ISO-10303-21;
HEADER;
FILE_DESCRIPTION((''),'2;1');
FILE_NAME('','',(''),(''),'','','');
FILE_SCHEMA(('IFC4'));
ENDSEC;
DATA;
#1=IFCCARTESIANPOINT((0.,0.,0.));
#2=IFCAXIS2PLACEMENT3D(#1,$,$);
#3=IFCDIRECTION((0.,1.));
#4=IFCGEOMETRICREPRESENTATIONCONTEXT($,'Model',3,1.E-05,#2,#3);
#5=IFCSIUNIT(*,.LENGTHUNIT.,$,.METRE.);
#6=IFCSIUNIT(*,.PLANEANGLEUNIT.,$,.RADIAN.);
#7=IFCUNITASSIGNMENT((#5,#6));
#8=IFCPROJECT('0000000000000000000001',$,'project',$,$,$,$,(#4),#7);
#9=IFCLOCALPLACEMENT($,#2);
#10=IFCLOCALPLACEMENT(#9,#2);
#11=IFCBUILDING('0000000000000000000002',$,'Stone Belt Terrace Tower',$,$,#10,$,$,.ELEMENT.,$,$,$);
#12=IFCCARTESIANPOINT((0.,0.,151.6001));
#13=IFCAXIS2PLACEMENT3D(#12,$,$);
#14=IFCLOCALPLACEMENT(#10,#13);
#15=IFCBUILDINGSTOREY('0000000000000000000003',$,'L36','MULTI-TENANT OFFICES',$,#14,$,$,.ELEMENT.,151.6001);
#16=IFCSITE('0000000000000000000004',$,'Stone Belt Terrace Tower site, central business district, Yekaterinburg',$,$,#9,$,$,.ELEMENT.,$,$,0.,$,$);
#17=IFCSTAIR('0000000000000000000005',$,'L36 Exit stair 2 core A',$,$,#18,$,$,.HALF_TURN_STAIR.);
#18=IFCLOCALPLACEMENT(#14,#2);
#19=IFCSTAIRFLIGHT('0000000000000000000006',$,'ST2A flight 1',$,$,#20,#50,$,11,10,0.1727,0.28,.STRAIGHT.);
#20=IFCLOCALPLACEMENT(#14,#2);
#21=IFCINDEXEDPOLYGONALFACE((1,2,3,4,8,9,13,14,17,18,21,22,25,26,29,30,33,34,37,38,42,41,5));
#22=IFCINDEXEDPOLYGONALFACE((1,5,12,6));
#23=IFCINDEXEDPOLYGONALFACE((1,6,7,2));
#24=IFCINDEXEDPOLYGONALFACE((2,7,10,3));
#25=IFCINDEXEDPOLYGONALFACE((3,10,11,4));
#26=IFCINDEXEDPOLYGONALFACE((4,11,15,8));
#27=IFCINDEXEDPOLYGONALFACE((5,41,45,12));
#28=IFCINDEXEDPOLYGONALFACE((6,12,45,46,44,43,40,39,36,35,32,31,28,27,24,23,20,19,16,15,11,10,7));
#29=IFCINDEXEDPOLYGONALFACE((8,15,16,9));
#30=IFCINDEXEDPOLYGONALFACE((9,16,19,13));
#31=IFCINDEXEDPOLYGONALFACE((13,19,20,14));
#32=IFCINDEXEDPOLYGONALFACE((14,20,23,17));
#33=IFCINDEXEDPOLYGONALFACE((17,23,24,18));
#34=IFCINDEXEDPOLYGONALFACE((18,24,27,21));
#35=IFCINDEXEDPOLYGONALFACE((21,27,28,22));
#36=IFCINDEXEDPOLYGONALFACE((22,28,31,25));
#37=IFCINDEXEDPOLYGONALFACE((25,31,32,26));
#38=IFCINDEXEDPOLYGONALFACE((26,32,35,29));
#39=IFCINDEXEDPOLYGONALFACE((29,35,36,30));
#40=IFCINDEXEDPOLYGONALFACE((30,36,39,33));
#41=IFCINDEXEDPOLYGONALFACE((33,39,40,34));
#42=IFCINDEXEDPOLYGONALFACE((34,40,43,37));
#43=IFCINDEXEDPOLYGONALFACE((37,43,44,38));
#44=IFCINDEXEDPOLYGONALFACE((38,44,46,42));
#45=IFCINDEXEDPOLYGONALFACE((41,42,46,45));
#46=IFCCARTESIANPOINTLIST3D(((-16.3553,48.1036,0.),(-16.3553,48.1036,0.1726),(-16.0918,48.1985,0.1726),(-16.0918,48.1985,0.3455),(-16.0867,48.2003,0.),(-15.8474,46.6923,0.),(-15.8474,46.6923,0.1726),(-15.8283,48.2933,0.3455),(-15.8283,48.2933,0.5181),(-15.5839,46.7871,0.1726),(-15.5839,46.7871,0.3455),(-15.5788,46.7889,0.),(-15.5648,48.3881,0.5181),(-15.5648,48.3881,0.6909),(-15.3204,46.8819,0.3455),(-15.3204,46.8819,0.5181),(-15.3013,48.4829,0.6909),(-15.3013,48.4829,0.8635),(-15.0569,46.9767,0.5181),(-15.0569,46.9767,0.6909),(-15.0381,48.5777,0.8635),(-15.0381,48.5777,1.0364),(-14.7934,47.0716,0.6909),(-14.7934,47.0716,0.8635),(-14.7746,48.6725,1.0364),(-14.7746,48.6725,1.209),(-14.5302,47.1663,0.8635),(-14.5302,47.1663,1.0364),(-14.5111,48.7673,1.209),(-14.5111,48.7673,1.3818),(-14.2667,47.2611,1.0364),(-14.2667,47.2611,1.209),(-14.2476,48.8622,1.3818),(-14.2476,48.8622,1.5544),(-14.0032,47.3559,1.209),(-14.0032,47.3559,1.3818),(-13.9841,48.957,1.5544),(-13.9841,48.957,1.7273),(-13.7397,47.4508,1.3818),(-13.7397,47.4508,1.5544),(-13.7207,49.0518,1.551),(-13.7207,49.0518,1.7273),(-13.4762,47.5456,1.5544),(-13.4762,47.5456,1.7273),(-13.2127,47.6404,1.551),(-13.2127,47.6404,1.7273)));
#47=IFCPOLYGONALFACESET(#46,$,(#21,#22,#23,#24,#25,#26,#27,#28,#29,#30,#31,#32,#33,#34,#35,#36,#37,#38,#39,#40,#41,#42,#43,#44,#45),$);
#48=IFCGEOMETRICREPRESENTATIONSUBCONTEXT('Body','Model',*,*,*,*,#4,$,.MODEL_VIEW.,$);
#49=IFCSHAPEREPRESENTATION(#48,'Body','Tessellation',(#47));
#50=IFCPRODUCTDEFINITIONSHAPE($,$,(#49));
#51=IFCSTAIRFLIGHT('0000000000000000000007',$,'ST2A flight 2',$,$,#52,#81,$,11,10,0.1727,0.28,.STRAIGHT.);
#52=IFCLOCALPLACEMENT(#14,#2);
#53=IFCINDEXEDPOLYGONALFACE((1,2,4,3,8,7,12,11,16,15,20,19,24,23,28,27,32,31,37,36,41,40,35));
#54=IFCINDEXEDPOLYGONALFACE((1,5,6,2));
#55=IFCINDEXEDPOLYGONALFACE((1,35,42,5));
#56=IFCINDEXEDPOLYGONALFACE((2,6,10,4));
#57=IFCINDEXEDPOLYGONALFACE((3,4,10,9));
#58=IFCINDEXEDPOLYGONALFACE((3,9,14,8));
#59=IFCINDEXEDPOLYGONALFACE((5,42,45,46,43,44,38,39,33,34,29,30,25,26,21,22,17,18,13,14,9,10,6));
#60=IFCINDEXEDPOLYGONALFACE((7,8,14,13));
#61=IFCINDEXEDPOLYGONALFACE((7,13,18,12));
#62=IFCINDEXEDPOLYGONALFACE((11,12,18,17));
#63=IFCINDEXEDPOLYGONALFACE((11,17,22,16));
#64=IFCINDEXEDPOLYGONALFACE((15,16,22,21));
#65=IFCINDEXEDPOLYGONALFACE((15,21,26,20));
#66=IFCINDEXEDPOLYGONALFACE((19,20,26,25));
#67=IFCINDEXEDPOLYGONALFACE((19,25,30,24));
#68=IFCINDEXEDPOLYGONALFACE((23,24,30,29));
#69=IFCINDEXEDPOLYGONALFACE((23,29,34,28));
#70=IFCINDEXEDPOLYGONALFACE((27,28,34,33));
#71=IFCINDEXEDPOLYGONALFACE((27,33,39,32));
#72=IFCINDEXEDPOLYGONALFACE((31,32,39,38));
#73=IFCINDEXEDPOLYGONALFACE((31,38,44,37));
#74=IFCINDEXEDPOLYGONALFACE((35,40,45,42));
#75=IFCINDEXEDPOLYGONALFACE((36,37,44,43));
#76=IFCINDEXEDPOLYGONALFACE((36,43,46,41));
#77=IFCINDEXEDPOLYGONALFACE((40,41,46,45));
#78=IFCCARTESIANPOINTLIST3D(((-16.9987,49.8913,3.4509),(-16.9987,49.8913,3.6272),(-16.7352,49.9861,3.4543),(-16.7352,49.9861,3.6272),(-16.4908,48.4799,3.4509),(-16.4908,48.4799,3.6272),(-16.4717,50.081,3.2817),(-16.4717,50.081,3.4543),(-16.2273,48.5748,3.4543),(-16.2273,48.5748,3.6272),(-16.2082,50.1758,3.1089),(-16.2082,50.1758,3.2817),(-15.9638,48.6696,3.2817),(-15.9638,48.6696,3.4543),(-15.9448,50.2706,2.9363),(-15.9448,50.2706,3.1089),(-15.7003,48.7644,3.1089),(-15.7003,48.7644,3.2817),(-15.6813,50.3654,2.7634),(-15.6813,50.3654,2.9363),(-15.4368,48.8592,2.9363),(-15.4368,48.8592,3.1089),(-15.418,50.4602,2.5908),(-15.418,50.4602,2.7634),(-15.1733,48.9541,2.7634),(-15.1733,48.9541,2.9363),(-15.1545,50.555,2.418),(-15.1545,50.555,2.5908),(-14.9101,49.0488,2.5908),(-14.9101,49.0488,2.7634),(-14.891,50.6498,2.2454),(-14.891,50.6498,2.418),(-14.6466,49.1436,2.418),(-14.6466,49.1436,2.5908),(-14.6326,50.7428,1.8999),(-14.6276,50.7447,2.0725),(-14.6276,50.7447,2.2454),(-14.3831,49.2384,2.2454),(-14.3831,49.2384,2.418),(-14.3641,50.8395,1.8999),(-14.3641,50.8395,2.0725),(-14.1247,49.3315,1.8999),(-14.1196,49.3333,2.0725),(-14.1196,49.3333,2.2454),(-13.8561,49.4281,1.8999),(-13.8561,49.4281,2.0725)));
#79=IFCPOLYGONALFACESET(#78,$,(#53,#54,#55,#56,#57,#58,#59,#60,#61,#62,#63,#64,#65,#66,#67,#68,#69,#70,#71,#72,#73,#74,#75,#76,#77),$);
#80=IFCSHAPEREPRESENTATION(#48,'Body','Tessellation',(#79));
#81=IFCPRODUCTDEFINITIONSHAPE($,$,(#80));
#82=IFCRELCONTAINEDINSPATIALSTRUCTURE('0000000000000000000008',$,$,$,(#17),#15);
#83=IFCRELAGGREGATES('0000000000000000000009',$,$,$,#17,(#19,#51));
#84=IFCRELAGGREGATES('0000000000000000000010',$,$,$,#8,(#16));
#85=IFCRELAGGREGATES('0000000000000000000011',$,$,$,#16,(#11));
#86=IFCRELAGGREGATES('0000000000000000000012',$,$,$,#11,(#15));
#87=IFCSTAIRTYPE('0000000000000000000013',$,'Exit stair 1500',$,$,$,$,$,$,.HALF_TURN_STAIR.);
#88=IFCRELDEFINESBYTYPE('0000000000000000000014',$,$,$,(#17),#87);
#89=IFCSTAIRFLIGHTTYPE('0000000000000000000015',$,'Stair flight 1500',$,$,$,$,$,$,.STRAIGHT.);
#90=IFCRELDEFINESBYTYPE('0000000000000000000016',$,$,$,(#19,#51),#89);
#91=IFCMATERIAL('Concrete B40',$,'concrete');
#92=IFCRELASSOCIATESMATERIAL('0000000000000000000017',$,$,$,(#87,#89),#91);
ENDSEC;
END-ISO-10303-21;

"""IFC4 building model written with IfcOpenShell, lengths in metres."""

from ifc_helpers import new_model, si_unit, direction, frame, origin, place, context, subcontext, project, spatial, polyline, outline, extrude, material, type_object, element, aggregate, save


model = new_model("IFC4")

# Units and contexts
model_context = context("Model", 3, precision=1e-05, world=origin(), true_north=direction((0.0, 1.0)))
body_context = subcontext(model_context, "Body", "Model", "MODEL_VIEW")
ifc_project = project(units=[si_unit("LENGTHUNIT", "METRE"), si_unit("PLANEANGLEUNIT", "RADIAN")], contexts=[model_context])

# Site, building, storey
site_placement = place(None, origin())
site = spatial("IfcSite", under=ifc_project, at=site_placement, Name="Stone Belt Terrace Tower site, central business district, Yekaterinburg", CompositionType="ELEMENT", RefElevation=0.0)
building_placement = place(site_placement, origin())
building = spatial("IfcBuilding", under=site, at=building_placement, Name="Stone Belt Terrace Tower", CompositionType="ELEMENT")
storey_placement = place(building_placement, frame((0.0, 0.0, 151.6001)))
storey = spatial("IfcBuildingStorey", under=building, at=storey_placement, Name="L36", Description="MULTI-TENANT OFFICES", CompositionType="ELEMENT", Elevation=151.6001)

# Stair, stair flights
ifc_material_1 = material(Name="Concrete B40", Category="concrete")
stair_type = type_object("IfcStairType", Name="Exit stair 1500", PredefinedType="HALF_TURN_STAIR", material=ifc_material_1)
stair_placement = place(storey_placement, origin())
stair = element("IfcStair", 1, at=stair_placement, inside=storey, type_object=stair_type, Name="L36 Exit stair 2 core A", PredefinedType="HALF_TURN_STAIR")
stair_flight_type = type_object("IfcStairFlightType", Name="Stair flight 1500", PredefinedType="STRAIGHT", material=ifc_material_1)
stair_flight_1_placement = place(storey_placement, frame((-16.1013, 47.3979, 0.0), z_axis=(0.0, 0.0, 1.0), x_axis=(0.940922, 0.338624, 0.0)))
stair_flight_1 = element("IfcStairFlight", 2, at=stair_flight_1_placement, type_object=stair_flight_type, Name="ST2A flight 1", NumberOfRisers=11, NumberOfTreads=10, PredefinedType="STRAIGHT", RiserHeight=0.1727, TreadLength=0.28, context=body_context, shape_type="SweptSolid", body=[
    extrude(outline(polyline([(0.0, 0.0), (0.0, 0.1726), (0.28, 0.1726), (0.28, 0.3455), (0.5601, 0.3455), (0.5601, 0.5181), (0.8401, 0.5181), (0.8401, 0.6909), (1.1201, 0.6909), (1.1201, 0.8635), (1.3999, 0.8635), (1.3999, 1.0364), (1.6799, 1.0364), (1.6799, 1.209), (1.96, 1.209), (1.96, 1.3818), (2.24, 1.3818), (2.24, 1.5544), (2.52, 1.5544), (2.52, 1.7273), (2.8, 1.7273), (2.8, 1.8999), (2.8, 1.551), (0.2854, 0.0), (0.0, 0.0)])), frame((0.0, 0.75, 0.0), z_axis=(0.0, -1.0, 0.0), x_axis=(1.0, 0.0, 0.0)), (0.0, 0.0, 1.0), 1.5),
])
stair_flight_2_placement = place(storey_placement, frame((-14.1101, 50.1338, 1.8999), z_axis=(0.0, 0.0, 1.0), x_axis=(-0.940922, -0.338624, 0.0)))
stair_flight_2 = element("IfcStairFlight", 3, at=stair_flight_2_placement, type_object=stair_flight_type, Name="ST2A flight 2", NumberOfRisers=11, NumberOfTreads=10, PredefinedType="STRAIGHT", RiserHeight=0.1727, TreadLength=0.28, context=body_context, shape_type="SweptSolid", body=[
    extrude(outline(polyline([(0.0, 0.0), (0.0, 0.1726), (0.28, 0.1726), (0.28, 0.3455), (0.5601, 0.3455), (0.5601, 0.5181), (0.8401, 0.5181), (0.8401, 0.6909), (1.1201, 0.6909), (1.1201, 0.8635), (1.3999, 0.8635), (1.3999, 1.0364), (1.6799, 1.0364), (1.6799, 1.209), (1.96, 1.209), (1.96, 1.3818), (2.24, 1.3818), (2.24, 1.5544), (2.52, 1.5544), (2.52, 1.7273), (2.8, 1.7273), (2.8, 1.8999), (2.8, 1.551), (0.2854, 0.0), (0.0, 0.0)])), frame((0.0, 0.75, 0.0), z_axis=(0.0, -1.0, 0.0), x_axis=(1.0, 0.0, 0.0)), (0.0, 0.0, 1.0), 1.5),
])
aggregate(stair, [stair_flight_1, stair_flight_2])

save(model, "model.ifc")
